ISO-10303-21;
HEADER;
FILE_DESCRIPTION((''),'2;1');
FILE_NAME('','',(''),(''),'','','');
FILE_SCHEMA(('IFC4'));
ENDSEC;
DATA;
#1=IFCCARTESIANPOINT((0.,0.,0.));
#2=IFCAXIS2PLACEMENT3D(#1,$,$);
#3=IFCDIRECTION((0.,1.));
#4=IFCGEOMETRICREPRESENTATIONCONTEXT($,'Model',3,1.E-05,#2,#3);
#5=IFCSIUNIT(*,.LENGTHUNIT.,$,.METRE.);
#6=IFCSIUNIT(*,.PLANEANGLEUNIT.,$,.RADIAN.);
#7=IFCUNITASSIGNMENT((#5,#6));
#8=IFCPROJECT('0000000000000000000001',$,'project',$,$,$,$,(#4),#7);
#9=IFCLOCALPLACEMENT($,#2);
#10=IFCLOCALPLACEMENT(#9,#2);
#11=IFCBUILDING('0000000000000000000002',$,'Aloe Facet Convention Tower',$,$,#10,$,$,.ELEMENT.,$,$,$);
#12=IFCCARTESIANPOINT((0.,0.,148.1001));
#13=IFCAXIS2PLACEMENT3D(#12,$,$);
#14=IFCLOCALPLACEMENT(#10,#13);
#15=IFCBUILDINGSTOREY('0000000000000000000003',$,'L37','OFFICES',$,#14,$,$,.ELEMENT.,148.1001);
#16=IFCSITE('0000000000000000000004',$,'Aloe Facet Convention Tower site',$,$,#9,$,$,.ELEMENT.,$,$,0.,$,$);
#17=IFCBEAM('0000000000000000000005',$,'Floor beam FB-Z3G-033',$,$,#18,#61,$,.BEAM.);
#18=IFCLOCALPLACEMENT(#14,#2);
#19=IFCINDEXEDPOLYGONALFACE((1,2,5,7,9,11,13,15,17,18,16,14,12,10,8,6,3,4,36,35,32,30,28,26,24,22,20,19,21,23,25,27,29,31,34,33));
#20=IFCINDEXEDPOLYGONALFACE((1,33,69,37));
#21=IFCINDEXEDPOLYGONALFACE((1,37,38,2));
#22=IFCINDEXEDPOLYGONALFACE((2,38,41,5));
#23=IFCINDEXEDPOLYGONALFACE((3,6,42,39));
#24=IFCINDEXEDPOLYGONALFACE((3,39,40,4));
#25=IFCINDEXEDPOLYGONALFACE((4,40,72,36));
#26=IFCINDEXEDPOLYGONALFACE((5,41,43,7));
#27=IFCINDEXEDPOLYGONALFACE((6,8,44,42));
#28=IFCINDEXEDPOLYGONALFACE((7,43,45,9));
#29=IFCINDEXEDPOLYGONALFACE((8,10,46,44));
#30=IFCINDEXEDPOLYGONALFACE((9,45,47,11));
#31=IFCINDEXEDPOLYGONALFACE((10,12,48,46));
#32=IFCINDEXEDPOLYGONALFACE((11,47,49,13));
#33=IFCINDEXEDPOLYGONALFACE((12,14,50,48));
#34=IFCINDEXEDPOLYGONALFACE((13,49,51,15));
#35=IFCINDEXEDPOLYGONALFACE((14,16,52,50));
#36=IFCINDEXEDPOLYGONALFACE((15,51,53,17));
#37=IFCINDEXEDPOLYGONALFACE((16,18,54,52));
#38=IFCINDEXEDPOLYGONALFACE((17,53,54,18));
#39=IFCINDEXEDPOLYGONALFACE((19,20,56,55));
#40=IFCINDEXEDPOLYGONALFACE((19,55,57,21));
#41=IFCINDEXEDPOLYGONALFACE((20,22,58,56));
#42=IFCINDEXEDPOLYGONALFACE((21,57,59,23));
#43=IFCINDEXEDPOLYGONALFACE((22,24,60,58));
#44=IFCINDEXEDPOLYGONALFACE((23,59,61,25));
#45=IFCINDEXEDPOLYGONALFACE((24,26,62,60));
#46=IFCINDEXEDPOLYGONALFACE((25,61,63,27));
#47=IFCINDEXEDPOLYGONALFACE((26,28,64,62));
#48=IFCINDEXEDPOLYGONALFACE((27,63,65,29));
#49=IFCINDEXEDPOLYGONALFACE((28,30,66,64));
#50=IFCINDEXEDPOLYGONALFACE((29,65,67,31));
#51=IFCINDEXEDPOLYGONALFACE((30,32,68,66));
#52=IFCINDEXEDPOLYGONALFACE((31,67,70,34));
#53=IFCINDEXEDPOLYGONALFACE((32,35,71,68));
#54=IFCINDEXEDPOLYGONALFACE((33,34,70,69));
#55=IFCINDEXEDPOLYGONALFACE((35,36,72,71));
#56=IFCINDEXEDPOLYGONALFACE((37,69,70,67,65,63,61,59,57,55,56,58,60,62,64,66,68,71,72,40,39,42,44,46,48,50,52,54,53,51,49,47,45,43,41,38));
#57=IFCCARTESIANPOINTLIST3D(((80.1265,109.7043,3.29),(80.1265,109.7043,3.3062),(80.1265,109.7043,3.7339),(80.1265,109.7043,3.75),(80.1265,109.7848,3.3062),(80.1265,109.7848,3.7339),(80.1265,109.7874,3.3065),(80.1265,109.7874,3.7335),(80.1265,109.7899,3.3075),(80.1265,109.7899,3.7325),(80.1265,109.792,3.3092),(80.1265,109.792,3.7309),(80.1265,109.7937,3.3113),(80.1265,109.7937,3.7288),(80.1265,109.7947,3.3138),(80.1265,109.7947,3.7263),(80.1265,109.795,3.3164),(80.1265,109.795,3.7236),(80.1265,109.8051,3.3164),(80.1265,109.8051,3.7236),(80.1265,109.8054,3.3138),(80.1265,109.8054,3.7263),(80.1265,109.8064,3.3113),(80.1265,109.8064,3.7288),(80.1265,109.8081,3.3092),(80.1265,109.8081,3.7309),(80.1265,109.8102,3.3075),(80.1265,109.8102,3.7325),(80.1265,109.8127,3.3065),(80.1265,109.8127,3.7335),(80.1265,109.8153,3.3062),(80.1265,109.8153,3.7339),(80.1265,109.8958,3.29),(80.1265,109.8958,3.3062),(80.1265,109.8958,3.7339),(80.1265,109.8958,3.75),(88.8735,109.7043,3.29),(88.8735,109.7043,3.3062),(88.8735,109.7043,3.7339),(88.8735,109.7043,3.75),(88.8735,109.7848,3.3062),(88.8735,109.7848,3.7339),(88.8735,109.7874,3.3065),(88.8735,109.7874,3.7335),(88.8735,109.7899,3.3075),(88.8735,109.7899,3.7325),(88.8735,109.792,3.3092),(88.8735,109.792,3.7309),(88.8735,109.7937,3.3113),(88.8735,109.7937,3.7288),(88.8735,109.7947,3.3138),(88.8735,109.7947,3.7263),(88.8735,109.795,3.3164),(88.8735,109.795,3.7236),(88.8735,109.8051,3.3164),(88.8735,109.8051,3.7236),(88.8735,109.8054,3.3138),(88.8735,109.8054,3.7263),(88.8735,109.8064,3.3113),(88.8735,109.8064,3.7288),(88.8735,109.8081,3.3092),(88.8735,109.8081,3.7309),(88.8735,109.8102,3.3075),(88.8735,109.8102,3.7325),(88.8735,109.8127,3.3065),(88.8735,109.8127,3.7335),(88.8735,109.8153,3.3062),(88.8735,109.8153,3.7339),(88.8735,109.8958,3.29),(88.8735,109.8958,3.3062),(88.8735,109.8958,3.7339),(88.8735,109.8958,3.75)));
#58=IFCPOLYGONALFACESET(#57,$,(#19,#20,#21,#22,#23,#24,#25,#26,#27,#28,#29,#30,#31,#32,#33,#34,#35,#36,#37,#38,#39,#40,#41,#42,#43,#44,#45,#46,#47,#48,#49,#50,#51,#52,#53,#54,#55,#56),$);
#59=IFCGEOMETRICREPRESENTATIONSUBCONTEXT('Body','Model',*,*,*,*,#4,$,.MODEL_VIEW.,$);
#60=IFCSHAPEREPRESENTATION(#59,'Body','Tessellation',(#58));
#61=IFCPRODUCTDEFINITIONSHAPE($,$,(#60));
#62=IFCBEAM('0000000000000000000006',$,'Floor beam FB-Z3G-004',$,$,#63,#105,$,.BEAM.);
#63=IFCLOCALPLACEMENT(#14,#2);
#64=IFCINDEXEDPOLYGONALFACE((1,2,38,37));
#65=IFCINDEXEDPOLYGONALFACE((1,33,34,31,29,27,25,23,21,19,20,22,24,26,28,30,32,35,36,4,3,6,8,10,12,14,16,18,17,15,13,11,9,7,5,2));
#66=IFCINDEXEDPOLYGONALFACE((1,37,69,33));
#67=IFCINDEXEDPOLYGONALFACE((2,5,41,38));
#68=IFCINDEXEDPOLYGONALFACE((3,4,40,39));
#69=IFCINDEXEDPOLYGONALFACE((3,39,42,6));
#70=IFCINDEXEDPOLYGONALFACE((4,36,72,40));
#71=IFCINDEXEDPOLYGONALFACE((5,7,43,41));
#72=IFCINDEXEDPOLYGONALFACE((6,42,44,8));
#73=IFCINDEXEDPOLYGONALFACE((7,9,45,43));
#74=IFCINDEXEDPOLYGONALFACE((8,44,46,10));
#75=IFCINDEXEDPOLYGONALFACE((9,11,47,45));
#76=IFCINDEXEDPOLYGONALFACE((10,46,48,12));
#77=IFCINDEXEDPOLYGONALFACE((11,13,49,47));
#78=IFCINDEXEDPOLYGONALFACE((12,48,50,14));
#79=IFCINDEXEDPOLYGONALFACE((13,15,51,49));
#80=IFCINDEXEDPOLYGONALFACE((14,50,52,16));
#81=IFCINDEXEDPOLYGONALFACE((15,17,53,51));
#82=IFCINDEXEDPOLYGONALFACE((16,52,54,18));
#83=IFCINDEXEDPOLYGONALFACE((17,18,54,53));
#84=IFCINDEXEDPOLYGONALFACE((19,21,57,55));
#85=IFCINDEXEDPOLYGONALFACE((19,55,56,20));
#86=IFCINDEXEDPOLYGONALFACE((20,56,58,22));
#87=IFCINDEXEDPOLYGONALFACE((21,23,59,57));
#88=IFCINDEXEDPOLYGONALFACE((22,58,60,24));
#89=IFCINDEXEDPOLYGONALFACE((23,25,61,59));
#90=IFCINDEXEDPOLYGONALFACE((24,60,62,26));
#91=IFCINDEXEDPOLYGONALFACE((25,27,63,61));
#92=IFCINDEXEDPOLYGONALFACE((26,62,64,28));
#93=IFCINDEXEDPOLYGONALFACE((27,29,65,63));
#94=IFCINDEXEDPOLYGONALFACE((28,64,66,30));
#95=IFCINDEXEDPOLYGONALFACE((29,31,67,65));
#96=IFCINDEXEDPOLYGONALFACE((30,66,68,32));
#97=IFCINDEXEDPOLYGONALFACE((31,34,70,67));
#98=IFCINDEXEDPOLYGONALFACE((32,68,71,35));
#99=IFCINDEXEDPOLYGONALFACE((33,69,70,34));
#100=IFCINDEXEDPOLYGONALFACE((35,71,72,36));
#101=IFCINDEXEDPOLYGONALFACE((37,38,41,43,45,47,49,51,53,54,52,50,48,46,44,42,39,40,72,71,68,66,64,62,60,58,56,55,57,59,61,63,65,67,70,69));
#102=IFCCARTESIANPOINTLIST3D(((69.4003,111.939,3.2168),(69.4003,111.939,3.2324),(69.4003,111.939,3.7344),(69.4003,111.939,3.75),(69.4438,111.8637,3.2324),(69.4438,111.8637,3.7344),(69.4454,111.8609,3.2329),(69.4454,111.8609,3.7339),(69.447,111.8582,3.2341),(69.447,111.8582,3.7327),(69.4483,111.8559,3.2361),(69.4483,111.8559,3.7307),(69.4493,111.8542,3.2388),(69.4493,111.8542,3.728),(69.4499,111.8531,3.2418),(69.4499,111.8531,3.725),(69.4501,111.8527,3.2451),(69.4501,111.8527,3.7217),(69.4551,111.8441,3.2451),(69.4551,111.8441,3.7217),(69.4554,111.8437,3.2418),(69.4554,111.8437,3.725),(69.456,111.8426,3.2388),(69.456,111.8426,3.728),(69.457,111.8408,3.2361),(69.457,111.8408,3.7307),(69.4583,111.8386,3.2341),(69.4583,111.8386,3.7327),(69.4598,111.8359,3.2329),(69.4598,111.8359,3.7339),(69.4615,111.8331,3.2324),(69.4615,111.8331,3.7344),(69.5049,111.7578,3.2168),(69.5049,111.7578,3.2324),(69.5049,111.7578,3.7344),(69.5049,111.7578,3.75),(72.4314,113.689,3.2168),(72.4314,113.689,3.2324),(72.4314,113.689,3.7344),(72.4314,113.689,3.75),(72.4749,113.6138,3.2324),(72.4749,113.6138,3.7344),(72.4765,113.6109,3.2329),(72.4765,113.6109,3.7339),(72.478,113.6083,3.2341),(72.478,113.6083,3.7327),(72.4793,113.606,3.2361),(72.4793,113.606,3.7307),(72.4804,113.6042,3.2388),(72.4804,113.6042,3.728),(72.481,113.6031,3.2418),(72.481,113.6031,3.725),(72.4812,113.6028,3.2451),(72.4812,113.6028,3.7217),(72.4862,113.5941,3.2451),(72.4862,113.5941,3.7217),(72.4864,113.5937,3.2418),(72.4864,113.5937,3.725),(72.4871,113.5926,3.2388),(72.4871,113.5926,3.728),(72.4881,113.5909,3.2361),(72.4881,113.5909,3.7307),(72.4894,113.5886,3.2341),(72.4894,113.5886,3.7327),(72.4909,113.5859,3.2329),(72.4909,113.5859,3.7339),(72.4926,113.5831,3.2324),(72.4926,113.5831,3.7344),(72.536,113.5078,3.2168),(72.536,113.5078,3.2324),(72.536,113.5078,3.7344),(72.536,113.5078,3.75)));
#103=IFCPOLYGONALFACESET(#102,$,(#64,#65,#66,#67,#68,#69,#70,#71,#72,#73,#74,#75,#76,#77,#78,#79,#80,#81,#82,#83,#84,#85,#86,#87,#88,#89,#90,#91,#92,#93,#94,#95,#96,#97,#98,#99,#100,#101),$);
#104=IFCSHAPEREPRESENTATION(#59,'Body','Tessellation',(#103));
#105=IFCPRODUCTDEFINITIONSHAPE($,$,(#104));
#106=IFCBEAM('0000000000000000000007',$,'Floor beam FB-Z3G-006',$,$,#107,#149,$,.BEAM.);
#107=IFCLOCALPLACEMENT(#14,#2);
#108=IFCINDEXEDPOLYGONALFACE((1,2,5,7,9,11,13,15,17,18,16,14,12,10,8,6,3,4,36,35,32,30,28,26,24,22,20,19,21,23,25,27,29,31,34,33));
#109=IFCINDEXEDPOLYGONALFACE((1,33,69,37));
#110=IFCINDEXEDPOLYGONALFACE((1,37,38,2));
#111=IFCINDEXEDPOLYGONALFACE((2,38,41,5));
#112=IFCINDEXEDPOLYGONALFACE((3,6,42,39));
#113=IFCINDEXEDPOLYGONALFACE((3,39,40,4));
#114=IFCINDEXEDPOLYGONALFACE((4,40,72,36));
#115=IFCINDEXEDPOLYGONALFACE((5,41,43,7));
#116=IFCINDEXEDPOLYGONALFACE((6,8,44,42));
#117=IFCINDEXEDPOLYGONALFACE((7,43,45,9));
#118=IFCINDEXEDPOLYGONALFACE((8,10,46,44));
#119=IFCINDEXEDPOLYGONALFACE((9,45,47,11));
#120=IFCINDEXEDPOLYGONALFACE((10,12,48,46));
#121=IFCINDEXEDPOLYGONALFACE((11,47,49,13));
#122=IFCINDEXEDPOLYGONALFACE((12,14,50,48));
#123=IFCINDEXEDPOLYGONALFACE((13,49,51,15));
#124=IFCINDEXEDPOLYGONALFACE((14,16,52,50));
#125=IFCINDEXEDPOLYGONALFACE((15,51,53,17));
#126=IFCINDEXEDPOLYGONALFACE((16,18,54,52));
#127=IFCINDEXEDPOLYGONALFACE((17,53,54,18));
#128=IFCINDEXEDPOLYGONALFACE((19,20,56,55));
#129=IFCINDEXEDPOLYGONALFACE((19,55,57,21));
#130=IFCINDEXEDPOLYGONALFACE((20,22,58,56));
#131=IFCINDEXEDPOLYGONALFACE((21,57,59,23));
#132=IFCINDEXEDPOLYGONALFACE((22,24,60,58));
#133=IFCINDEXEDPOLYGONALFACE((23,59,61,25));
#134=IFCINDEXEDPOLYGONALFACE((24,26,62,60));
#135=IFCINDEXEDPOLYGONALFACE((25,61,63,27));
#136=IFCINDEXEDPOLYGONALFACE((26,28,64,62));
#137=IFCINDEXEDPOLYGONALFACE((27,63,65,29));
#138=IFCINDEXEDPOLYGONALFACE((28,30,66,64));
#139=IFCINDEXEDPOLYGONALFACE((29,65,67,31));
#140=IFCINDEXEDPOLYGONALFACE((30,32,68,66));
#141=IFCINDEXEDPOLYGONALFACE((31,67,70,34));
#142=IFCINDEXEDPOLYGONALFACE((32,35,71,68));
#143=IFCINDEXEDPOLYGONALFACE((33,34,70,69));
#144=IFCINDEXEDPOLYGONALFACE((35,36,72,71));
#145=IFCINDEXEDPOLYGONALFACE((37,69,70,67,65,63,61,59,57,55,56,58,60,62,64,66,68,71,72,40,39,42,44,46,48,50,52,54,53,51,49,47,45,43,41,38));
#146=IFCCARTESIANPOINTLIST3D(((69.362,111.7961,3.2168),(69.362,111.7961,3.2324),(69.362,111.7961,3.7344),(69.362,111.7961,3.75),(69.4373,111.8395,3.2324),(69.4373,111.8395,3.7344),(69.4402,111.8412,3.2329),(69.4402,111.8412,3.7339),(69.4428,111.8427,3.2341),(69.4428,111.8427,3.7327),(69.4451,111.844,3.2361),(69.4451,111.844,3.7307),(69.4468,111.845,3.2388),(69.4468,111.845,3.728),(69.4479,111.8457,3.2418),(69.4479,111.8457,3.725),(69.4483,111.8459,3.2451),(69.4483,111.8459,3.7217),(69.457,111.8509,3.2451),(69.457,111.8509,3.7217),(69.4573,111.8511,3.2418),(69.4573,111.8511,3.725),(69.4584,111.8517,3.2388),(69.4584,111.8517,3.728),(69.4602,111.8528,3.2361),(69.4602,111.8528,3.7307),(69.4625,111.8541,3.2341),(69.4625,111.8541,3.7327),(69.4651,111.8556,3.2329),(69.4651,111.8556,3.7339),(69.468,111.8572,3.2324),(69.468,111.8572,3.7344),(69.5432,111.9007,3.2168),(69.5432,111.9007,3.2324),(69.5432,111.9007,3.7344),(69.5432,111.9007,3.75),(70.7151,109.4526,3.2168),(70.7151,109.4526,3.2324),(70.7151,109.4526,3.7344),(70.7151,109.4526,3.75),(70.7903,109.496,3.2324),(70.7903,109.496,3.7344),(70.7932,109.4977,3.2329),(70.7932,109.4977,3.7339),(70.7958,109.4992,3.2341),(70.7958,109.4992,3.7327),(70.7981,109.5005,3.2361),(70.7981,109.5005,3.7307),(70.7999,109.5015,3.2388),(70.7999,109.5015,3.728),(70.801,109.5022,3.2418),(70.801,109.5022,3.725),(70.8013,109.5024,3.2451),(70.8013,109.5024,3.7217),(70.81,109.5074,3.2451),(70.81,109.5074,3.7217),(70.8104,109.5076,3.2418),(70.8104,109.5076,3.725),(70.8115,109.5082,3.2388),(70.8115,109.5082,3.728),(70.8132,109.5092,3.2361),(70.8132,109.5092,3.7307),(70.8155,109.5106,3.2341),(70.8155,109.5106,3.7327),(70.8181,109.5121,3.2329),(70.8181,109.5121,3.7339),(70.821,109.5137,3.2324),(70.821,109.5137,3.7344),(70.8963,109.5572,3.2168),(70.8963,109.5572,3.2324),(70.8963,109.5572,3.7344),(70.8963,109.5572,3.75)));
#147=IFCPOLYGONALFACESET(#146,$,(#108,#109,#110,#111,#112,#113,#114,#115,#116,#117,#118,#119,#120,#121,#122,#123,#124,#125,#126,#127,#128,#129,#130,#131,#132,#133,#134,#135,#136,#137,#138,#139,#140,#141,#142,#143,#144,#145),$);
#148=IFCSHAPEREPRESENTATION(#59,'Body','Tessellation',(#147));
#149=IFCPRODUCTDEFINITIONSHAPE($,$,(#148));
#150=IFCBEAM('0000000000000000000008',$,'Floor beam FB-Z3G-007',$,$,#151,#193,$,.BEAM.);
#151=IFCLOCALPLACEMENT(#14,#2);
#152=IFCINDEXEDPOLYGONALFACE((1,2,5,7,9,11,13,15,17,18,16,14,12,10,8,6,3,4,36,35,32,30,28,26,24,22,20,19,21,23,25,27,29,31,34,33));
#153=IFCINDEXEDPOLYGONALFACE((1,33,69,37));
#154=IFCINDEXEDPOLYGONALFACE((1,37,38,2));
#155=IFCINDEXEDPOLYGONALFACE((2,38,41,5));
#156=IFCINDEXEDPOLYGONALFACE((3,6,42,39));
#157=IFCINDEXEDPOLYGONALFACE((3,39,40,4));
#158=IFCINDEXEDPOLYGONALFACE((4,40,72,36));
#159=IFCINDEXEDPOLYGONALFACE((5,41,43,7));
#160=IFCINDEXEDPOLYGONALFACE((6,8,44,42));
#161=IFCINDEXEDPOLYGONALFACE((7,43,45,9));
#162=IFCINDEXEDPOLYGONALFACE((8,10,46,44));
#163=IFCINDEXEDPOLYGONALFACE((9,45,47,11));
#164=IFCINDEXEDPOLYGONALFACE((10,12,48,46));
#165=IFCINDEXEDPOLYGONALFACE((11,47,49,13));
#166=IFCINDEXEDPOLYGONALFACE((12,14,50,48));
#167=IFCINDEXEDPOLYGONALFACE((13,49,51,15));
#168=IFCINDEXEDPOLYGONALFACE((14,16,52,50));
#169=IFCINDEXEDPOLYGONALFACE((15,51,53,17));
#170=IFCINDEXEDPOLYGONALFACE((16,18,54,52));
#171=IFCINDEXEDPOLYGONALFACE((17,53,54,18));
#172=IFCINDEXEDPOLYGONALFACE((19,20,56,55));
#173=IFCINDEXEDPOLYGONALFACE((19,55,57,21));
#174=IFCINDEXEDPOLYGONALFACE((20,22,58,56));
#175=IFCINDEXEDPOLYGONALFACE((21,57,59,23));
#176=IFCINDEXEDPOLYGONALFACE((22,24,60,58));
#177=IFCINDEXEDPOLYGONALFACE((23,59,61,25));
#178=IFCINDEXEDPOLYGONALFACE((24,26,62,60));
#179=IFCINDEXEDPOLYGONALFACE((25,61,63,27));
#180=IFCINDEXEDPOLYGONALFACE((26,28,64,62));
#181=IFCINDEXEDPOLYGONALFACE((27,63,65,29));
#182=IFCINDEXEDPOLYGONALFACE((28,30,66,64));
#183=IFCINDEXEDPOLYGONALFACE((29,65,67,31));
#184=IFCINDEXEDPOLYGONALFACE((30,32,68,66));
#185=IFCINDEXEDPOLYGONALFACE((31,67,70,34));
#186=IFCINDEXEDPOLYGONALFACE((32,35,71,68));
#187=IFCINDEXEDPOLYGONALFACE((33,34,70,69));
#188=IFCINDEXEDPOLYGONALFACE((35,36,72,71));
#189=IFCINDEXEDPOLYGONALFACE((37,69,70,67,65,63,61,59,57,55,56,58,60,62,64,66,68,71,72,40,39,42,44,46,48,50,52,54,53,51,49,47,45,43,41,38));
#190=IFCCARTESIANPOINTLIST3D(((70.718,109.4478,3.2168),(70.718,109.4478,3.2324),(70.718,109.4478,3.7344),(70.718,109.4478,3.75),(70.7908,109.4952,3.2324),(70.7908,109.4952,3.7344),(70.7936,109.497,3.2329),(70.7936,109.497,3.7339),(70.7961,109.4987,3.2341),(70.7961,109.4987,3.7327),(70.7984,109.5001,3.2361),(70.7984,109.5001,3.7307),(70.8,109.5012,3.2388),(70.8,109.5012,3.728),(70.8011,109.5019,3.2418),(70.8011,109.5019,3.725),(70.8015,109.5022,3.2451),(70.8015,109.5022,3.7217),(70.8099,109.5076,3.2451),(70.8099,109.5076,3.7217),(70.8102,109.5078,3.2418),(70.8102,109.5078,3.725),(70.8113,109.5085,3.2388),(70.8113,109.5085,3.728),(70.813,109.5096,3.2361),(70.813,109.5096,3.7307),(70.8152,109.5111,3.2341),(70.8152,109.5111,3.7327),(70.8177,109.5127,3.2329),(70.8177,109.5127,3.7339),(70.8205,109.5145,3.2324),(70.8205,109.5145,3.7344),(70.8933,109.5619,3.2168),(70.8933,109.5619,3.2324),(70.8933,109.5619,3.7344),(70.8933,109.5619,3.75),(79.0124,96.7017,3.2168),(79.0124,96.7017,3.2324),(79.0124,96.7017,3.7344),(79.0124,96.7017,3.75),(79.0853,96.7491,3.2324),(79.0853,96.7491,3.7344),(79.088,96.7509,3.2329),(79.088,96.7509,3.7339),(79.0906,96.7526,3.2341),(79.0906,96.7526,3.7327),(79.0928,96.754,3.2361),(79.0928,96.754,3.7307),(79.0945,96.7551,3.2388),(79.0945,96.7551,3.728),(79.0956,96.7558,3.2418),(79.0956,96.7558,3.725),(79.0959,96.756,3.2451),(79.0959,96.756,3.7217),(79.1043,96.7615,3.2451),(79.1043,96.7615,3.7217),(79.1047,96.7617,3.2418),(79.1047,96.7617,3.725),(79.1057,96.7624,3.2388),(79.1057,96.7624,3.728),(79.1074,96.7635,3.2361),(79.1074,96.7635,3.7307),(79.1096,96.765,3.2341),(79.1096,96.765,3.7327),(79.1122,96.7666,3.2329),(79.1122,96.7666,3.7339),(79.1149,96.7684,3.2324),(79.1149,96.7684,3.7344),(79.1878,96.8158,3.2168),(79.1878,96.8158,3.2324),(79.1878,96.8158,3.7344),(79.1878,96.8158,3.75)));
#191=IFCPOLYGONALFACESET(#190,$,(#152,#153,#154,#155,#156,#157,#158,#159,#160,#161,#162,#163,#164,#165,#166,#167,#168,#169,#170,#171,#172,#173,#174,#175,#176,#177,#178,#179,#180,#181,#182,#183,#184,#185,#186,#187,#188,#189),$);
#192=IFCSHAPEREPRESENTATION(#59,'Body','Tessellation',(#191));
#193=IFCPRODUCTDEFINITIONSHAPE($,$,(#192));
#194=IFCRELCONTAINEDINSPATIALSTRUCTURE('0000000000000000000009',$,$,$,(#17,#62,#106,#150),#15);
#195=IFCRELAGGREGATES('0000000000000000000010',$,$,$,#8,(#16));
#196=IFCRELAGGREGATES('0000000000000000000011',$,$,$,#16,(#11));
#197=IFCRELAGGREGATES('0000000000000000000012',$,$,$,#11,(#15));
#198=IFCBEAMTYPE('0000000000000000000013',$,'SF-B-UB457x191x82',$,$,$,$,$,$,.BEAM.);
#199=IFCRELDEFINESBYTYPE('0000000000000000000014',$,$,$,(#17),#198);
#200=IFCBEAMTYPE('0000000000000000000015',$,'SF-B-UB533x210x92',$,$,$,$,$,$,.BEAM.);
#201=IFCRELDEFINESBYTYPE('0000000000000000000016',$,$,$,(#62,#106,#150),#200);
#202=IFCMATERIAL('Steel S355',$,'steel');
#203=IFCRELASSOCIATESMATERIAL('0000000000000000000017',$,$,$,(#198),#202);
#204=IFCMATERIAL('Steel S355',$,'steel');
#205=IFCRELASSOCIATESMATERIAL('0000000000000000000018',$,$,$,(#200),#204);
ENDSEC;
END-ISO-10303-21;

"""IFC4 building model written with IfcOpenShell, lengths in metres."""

from ifc_helpers import new_model, si_unit, direction, frame, origin, origin_2d, place, context, subcontext, project, spatial, i_section, extrude, material, material_profile, profile_set, type_object, element, save


model = new_model("IFC4")

# Units and contexts
model_context = context("Model", 3, precision=1e-05, world=origin(), true_north=direction((0.0, 1.0)))
body_context = subcontext(model_context, "Body", "Model", "MODEL_VIEW")
ifc_project = project(units=[si_unit("LENGTHUNIT", "METRE"), si_unit("PLANEANGLEUNIT", "RADIAN")], contexts=[model_context])

# Site, building, storey
site_placement = place(None, origin())
site = spatial("IfcSite", under=ifc_project, at=site_placement, Name="Aloe Facet Convention Tower site", CompositionType="ELEMENT", RefElevation=0.0)
building_placement = place(site_placement, origin())
building = spatial("IfcBuilding", under=site, at=building_placement, Name="Aloe Facet Convention Tower", CompositionType="ELEMENT")
storey_placement = place(building_placement, frame((0.0, 0.0, 148.1001)))
storey = spatial("IfcBuildingStorey", under=building, at=storey_placement, Name="L37", Description="OFFICES", CompositionType="ELEMENT", Elevation=148.1001)

# Beams
ifc_material_1 = material(Name="Steel S355", Category="steel")
ifc_material_profile_1 = material_profile(ifc_material_1, i_section(OverallWidth=0.1914, OverallDepth=0.46, WebThickness=0.01, FlangeThickness=0.0161, FilletRadius=0.0103, at=origin_2d()), Name="UB 457x191x82")
ifc_profile_set_1 = profile_set([ifc_material_profile_1], Name="Steel S355")
beam_type_1 = type_object("IfcBeamType", Name="SF-B-UB457x191x82", PredefinedType="BEAM", material=ifc_profile_set_1)
beam_1_placement = place(storey_placement, frame((80.1265, 109.8, 3.52), z_axis=(1.0, 0.0, 0.0), x_axis=(0.0, 1.0, 0.0)))
element("IfcBeam", 1, at=beam_1_placement, inside=storey, type_object=beam_type_1, Name="Floor beam FB-Z3G-033", PredefinedType="BEAM", context=body_context, shape_type="SweptSolid", body=[
    extrude(i_section(OverallWidth=0.1914, OverallDepth=0.46, WebThickness=0.01, FlangeThickness=0.0161, FilletRadius=0.0103, at=origin_2d()), origin(), (0.0, 0.0, 1.0), 8.7471),
])
ifc_material_2 = material(Name="Steel S355", Category="steel")
ifc_material_profile_2 = material_profile(ifc_material_2, i_section(OverallWidth=0.2092, OverallDepth=0.5332, WebThickness=0.01, FlangeThickness=0.0156, FilletRadius=0.0127, at=origin_2d()), Name="UB 533x210x92")
ifc_profile_set_2 = profile_set([ifc_material_profile_2], Name="Steel S355")
beam_type_2 = type_object("IfcBeamType", Name="SF-B-UB533x210x92", PredefinedType="BEAM", material=ifc_profile_set_2)
beam_2_placement = place(storey_placement, frame((69.4526, 111.8484, 3.4834), z_axis=(0.866019, 0.50001, 0.0), x_axis=(-0.50001, 0.866019, 0.0)))
element("IfcBeam", 2, at=beam_2_placement, inside=storey, type_object=beam_type_2, Name="Floor beam FB-Z3G-004", PredefinedType="BEAM", context=body_context, shape_type="SweptSolid", body=[
    extrude(i_section(OverallWidth=0.2092, OverallDepth=0.5332, WebThickness=0.01, FlangeThickness=0.0156, FilletRadius=0.0127, at=origin_2d()), origin(), (0.0, 0.0, 1.0), 3.5),
])
beam_3_placement = place(storey_placement, frame((70.8057, 109.5049, 3.4834), z_axis=(-0.500001, 0.866025, 0.0), x_axis=(-0.866025, -0.500001, 0.0)))
element("IfcBeam", 3, at=beam_3_placement, inside=storey, type_object=beam_type_2, Name="Floor beam FB-Z3G-006", PredefinedType="BEAM", context=body_context, shape_type="SweptSolid", body=[
    extrude(i_section(OverallWidth=0.2092, OverallDepth=0.5332, WebThickness=0.01, FlangeThickness=0.0156, FilletRadius=0.0127, at=origin_2d()), origin(), (0.0, 0.0, 1.0), 2.7061),
])
beam_4_placement = place(storey_placement, frame((70.8057, 109.5049, 3.4834), z_axis=(0.545426, -0.838159, 0.0), x_axis=(0.838159, 0.545426, 0.0)))
element("IfcBeam", 4, at=beam_4_placement, inside=storey, type_object=beam_type_2, Name="Floor beam FB-Z3G-007", PredefinedType="BEAM", context=body_context, shape_type="SweptSolid", body=[
    extrude(i_section(OverallWidth=0.2092, OverallDepth=0.5332, WebThickness=0.01, FlangeThickness=0.0156, FilletRadius=0.0127, at=origin_2d()), origin(), (0.0, 0.0, 1.0), 15.2073),
])

save(model, "model.ifc")
